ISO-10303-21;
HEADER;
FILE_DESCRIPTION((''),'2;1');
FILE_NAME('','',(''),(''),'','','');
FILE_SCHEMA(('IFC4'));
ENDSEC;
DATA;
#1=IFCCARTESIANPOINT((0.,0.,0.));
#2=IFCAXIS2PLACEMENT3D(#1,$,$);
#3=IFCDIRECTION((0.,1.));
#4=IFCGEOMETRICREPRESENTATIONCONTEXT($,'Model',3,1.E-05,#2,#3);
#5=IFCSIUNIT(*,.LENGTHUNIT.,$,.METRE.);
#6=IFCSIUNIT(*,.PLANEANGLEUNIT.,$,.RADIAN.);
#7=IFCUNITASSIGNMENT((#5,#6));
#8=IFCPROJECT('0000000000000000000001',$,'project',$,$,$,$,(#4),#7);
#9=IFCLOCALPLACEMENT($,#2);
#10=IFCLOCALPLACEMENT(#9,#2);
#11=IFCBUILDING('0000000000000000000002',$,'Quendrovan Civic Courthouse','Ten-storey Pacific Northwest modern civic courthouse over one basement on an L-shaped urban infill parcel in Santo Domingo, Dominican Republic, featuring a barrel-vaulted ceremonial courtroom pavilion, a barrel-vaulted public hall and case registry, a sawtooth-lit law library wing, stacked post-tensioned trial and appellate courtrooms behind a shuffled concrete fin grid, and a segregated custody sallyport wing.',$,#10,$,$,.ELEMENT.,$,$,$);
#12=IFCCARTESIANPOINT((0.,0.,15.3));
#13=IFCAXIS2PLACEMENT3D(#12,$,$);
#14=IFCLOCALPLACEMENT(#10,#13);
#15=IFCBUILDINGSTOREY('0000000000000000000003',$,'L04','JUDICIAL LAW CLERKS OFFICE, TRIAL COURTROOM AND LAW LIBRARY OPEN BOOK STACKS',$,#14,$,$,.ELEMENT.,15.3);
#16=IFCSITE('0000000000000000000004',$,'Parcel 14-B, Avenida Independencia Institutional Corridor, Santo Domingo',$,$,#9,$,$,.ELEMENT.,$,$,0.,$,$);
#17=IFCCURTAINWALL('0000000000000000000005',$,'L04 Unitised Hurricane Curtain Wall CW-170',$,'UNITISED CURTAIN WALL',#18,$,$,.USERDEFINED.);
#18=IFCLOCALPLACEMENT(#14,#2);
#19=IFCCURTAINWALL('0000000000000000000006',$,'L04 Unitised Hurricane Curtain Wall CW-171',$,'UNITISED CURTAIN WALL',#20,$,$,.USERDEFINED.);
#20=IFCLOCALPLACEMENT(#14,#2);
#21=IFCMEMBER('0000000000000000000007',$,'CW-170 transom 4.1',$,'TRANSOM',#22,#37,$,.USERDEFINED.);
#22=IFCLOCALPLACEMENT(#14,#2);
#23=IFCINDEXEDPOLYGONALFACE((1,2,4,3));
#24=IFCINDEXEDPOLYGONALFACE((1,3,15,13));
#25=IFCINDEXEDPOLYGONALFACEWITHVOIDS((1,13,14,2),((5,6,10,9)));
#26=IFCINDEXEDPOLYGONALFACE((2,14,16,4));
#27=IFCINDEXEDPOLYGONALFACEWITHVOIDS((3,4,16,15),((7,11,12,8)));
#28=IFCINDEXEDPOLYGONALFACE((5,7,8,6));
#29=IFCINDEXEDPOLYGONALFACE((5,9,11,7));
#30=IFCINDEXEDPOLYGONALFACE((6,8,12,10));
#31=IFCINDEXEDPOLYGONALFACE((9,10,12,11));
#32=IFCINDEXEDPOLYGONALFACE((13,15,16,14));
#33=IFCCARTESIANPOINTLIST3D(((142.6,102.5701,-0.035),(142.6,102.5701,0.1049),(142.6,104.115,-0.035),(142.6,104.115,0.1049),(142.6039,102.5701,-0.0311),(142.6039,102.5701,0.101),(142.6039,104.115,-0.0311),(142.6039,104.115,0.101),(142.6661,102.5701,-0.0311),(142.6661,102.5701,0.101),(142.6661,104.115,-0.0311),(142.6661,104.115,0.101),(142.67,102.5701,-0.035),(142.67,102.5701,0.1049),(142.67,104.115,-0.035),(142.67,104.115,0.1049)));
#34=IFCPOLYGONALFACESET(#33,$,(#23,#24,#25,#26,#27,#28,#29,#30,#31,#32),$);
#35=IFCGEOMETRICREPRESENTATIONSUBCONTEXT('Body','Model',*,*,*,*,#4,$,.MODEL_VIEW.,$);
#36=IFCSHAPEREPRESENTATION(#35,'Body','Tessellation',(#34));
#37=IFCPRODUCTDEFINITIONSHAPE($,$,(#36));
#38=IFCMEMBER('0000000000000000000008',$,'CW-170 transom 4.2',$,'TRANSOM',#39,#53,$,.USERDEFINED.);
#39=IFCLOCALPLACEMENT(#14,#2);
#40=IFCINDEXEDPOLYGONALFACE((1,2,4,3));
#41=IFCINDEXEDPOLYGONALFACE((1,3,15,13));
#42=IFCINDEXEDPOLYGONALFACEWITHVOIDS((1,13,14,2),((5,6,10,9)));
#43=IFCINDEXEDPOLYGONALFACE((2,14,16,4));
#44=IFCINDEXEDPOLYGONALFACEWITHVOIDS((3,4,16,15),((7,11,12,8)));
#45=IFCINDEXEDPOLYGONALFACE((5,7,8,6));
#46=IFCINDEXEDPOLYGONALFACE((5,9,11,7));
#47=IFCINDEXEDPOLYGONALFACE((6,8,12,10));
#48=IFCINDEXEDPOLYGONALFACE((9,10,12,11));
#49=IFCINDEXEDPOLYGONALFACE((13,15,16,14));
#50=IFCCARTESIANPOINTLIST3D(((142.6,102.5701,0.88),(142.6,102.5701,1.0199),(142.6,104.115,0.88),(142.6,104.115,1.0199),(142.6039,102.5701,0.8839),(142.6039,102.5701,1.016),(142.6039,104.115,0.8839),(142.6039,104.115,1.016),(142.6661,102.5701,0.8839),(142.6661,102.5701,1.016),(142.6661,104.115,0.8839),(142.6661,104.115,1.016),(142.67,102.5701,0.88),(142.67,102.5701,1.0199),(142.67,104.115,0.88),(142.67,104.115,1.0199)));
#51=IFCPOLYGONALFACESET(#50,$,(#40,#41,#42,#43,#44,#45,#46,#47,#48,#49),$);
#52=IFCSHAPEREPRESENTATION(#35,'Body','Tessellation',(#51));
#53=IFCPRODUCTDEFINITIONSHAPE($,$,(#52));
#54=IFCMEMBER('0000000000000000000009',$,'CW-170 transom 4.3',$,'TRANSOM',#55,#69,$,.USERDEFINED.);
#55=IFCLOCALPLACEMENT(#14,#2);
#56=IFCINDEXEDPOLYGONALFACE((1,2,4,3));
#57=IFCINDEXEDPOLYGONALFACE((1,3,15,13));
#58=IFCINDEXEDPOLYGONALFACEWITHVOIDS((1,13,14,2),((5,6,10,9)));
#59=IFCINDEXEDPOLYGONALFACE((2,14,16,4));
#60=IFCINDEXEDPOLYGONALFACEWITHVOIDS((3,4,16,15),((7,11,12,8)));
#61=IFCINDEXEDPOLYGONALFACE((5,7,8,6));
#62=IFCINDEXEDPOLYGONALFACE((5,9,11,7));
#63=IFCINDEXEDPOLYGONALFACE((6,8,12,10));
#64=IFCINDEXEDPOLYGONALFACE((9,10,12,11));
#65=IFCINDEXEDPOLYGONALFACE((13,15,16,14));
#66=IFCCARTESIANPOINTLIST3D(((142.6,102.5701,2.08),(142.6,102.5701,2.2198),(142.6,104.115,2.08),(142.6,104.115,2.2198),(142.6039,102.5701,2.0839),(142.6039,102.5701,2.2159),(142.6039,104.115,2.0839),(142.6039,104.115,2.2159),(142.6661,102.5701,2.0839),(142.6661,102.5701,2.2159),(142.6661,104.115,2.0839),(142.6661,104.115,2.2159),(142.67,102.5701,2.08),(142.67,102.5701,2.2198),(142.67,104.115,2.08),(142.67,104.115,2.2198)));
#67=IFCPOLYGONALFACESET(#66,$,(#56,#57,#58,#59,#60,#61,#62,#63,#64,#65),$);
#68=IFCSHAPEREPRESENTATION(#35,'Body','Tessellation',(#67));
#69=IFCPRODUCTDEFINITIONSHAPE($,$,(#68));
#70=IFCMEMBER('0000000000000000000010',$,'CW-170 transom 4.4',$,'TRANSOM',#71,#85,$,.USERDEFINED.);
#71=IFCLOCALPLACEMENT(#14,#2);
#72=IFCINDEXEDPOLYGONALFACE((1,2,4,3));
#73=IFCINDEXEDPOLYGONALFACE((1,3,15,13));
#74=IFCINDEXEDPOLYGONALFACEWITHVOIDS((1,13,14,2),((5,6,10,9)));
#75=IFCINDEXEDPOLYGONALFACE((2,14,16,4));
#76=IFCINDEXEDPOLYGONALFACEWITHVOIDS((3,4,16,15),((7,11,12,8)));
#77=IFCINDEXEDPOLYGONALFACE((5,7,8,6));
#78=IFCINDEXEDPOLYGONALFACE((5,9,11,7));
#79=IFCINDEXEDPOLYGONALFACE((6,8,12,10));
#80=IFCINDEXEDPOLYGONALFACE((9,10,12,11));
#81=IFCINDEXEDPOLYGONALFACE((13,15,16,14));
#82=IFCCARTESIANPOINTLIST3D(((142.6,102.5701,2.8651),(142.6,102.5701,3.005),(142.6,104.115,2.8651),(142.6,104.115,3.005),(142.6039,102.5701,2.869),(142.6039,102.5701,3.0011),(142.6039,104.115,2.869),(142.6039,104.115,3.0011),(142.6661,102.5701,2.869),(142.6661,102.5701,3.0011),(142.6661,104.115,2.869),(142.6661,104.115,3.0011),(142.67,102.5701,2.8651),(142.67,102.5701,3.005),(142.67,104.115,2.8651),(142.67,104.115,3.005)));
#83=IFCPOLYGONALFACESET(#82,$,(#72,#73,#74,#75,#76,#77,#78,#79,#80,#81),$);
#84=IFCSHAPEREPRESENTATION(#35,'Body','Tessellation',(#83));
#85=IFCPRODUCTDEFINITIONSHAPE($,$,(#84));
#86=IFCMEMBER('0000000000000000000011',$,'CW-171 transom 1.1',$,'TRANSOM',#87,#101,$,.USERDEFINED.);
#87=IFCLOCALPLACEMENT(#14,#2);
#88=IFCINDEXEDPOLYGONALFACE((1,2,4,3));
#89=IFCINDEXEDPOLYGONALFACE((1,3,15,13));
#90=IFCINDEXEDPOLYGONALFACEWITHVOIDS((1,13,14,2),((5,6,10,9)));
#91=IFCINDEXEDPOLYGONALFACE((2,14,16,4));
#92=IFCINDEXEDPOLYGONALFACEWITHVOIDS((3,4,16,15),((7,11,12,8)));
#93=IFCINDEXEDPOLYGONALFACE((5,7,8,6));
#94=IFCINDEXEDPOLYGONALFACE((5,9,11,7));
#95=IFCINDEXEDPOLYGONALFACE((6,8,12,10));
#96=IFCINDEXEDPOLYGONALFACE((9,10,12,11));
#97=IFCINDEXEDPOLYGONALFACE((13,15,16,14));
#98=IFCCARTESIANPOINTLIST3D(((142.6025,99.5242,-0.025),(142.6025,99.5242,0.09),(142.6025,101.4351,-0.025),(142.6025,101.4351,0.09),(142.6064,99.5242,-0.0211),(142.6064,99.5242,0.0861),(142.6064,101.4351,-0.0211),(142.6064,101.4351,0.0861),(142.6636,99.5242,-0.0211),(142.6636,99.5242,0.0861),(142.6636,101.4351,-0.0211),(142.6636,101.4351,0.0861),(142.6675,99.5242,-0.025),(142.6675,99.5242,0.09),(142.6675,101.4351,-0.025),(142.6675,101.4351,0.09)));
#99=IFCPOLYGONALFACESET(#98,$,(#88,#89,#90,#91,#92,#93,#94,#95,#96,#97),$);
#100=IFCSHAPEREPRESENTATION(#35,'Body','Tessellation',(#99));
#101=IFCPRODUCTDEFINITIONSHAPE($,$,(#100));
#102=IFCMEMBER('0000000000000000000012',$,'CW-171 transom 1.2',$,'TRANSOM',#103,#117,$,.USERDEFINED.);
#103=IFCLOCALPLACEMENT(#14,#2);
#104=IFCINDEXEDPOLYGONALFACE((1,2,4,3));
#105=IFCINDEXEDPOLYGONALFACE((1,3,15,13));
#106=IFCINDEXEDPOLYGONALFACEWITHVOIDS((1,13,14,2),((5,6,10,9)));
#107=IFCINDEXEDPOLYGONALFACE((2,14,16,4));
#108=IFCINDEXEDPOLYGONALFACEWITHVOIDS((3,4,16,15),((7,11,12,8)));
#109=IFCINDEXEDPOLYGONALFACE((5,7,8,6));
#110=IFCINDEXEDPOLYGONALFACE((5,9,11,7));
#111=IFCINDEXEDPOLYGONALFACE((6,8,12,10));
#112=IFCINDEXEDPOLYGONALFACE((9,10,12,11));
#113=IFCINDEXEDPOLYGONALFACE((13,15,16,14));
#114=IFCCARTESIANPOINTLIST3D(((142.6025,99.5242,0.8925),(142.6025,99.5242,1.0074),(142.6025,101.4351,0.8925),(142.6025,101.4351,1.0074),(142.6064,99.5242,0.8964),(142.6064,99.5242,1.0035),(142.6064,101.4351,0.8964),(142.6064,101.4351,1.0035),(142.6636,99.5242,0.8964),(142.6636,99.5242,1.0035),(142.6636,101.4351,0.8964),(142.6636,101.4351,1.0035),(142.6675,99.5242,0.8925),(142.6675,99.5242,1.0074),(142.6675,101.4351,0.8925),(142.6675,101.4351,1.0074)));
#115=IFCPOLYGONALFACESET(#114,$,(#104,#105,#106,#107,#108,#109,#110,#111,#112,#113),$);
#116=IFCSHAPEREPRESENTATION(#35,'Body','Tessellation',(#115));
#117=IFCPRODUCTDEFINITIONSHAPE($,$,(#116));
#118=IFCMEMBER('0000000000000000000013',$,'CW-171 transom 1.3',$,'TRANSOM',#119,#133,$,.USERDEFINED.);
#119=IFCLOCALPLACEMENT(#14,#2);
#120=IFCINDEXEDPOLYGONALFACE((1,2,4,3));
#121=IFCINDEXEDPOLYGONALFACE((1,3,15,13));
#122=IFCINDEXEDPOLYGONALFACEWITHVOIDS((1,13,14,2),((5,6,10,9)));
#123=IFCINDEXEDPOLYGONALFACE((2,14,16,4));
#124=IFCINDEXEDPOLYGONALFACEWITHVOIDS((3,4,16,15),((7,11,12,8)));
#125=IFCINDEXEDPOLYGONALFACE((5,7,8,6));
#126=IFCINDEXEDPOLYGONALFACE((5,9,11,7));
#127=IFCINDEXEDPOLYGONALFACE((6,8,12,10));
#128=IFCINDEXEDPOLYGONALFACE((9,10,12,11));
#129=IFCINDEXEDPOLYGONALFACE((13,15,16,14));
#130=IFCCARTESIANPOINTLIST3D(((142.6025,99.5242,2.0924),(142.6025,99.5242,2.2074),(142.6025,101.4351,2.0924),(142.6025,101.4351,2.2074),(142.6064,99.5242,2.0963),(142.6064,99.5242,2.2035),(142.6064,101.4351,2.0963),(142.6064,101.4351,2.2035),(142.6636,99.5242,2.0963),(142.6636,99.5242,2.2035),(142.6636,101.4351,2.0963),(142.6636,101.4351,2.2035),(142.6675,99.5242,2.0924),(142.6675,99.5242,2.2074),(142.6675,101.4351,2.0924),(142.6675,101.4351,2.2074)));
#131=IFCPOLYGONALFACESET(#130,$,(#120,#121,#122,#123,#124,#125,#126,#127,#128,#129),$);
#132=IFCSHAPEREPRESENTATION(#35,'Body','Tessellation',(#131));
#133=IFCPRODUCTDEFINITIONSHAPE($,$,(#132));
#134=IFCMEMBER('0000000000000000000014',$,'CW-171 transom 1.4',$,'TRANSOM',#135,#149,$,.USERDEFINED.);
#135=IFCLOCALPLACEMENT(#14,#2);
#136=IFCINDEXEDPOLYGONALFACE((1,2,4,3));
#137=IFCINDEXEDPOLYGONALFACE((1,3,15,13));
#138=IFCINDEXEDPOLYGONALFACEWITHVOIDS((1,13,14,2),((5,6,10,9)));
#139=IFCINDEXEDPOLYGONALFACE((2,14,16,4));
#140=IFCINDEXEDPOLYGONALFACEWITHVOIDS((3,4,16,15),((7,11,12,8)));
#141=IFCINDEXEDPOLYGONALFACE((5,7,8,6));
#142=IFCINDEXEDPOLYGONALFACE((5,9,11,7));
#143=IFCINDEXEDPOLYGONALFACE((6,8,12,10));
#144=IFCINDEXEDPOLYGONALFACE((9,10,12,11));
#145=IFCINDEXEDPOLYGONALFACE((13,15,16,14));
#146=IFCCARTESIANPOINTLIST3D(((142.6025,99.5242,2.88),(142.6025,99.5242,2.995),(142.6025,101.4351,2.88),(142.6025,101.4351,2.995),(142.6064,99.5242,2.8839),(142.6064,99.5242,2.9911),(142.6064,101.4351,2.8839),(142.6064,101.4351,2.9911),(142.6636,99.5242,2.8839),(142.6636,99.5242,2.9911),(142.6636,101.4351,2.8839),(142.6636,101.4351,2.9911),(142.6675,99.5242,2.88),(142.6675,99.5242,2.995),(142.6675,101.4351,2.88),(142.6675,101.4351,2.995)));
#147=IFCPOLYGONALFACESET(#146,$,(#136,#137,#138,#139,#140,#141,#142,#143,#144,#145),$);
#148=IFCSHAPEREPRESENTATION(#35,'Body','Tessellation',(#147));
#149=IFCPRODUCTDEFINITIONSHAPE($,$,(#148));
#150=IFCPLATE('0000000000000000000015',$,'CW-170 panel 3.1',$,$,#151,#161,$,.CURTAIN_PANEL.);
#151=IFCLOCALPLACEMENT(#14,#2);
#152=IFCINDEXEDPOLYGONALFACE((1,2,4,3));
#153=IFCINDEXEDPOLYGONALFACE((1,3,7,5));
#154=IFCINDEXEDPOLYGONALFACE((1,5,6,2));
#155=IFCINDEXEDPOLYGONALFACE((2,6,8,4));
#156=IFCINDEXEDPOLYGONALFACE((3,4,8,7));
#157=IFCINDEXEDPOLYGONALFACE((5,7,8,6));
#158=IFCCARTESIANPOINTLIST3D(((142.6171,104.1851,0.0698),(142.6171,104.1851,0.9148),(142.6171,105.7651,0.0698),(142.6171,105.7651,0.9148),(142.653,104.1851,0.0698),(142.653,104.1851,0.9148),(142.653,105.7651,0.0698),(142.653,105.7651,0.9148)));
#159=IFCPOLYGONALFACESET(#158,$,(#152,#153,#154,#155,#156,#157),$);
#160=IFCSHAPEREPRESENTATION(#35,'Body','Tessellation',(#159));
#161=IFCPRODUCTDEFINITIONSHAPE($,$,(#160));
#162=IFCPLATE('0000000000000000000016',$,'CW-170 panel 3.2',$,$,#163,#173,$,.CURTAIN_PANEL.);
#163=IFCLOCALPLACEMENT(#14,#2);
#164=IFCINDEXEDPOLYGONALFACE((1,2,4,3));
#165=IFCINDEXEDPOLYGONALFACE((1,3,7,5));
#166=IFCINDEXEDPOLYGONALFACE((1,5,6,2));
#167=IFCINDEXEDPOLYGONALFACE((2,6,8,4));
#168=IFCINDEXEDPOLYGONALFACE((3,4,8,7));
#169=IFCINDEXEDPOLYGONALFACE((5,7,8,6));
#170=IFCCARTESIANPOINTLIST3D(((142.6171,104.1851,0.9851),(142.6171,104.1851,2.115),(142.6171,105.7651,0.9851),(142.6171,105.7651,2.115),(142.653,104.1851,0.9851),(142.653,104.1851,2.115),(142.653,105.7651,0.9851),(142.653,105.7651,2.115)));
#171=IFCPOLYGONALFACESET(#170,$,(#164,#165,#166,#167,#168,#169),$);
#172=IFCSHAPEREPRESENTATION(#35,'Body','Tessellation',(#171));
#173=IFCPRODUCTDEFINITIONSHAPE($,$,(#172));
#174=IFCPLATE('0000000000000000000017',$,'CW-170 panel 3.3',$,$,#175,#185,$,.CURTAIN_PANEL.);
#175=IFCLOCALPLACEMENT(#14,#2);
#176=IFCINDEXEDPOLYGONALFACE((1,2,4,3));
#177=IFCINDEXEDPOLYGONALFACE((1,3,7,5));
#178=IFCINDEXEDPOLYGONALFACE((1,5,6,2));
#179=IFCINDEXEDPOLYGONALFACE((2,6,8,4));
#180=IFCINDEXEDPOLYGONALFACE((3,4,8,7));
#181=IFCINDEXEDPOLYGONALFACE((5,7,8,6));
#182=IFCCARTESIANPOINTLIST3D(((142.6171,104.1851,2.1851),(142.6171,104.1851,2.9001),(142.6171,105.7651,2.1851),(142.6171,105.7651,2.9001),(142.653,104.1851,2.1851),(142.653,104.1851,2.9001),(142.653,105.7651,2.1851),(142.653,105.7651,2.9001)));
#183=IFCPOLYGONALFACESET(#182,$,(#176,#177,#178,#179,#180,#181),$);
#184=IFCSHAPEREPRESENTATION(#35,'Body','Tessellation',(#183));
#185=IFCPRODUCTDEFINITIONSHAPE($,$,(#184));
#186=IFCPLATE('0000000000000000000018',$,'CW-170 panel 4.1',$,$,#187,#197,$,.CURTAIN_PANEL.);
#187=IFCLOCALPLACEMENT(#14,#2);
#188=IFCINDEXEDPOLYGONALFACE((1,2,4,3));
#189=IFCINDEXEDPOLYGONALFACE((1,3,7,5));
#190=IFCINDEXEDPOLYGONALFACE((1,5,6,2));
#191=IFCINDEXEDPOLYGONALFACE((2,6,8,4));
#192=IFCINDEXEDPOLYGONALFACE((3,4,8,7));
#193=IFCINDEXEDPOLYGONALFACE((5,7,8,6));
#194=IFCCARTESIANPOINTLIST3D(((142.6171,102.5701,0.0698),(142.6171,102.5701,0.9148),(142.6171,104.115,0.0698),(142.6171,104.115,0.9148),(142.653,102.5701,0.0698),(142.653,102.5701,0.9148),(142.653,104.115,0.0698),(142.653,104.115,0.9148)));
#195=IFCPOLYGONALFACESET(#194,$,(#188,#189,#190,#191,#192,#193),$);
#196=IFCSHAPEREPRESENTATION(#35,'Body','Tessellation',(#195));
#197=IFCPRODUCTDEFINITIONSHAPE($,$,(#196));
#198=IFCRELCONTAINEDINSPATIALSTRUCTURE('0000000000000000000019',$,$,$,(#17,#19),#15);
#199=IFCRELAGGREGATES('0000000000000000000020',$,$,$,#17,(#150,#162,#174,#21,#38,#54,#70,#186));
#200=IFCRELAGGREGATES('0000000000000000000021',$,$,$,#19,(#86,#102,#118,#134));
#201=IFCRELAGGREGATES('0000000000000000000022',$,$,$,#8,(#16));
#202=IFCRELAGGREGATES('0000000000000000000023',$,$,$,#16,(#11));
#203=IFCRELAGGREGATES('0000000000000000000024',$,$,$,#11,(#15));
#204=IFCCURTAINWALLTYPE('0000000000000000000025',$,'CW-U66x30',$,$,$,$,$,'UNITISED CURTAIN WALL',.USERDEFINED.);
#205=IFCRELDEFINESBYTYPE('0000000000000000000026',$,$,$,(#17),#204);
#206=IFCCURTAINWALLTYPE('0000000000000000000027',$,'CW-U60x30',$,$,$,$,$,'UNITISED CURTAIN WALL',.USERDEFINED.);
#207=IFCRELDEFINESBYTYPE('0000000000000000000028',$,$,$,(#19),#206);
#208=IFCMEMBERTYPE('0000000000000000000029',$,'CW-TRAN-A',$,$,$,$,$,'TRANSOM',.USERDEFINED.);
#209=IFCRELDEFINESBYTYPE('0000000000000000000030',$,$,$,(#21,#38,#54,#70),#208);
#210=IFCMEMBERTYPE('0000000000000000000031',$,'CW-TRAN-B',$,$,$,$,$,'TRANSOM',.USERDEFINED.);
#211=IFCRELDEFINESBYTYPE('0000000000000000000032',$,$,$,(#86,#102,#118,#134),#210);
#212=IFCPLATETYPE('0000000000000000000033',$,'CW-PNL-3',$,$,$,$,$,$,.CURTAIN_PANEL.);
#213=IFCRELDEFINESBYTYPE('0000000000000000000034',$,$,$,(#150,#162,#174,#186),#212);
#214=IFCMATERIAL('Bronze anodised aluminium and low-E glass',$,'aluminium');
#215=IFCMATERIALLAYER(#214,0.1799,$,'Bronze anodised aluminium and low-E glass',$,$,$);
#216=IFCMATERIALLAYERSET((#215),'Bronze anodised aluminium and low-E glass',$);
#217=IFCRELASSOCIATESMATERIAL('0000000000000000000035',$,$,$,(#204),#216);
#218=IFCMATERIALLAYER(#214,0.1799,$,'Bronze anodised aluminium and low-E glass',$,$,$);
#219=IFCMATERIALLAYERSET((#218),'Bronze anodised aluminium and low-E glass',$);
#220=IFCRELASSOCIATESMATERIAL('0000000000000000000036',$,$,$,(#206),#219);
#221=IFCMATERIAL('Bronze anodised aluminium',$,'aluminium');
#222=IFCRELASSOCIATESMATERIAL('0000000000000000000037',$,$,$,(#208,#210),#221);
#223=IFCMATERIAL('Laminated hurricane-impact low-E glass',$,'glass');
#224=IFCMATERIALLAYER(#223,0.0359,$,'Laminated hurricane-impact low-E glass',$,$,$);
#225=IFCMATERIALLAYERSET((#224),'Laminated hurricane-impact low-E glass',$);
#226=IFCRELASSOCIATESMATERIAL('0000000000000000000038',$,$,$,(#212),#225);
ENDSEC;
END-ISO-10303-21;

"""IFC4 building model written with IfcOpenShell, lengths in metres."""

from ifc_helpers import new_model, si_unit, direction, frame, origin, origin_2d, place, context, subcontext, project, spatial, rectangle, hollow_rectangle, extrude, material, layer, layer_set, material_profile, profile_set, type_object, element, aggregate, save


model = new_model("IFC4")

# Units and contexts
model_context = context("Model", 3, precision=1e-05, world=origin(), true_north=direction((0.0, 1.0)))
body_context = subcontext(model_context, "Body", "Model", "MODEL_VIEW")
ifc_project = project(units=[si_unit("LENGTHUNIT", "METRE"), si_unit("PLANEANGLEUNIT", "RADIAN")], contexts=[model_context])

# Site, building, storey
site_placement = place(None, origin())
site = spatial("IfcSite", under=ifc_project, at=site_placement, Name="Parcel 14-B, Avenida Independencia Institutional Corridor, Santo Domingo", CompositionType="ELEMENT", RefElevation=0.0)
building_placement = place(site_placement, origin())
building = spatial("IfcBuilding", under=site, at=building_placement, Name="Quendrovan Civic Courthouse", Description="Ten-storey Pacific Northwest modern civic courthouse over one basement on an L-shaped urban infill parcel in Santo Domingo, Dominican Republic, featuring a barrel-vaulted ceremonial courtroom pavilion, a barrel-vaulted public hall and case registry, a sawtooth-lit law library wing, stacked post-tensioned trial and appellate courtrooms behind a shuffled concrete fin grid, and a segregated custody sallyport wing.", CompositionType="ELEMENT")
storey_placement = place(building_placement, frame((0.0, 0.0, 15.3)))
storey = spatial("IfcBuildingStorey", under=building, at=storey_placement, Name="L04", Description="JUDICIAL LAW CLERKS OFFICE, TRIAL COURTROOM AND LAW LIBRARY OPEN BOOK STACKS", CompositionType="ELEMENT", Elevation=15.3)

# Curtain walls
ifc_material_1 = material(Name="Bronze anodised aluminium and low-E glass", Category="aluminium")
ifc_layer_1 = layer(ifc_material_1, 0.1799, Name="Bronze anodised aluminium and low-E glass")
ifc_layer_set_1 = layer_set([ifc_layer_1], Name="Bronze anodised aluminium and low-E glass")
curtain_wall_type_1 = type_object("IfcCurtainWallType", Name="CW-U66x30", ElementType="UNITISED CURTAIN WALL", PredefinedType="USERDEFINED", material=ifc_layer_set_1)
curtain_wall_1_placement = place(storey_placement, origin())
curtain_wall_1 = element("IfcCurtainWall", 1, at=curtain_wall_1_placement, inside=storey, type_object=curtain_wall_type_1, Name="L04 Unitised Hurricane Curtain Wall CW-170", ObjectType="UNITISED CURTAIN WALL", PredefinedType="USERDEFINED")
ifc_material_2 = material(Name="Bronze anodised aluminium", Category="aluminium")
ifc_layer_2 = layer(ifc_material_1, 0.1799, Name="Bronze anodised aluminium and low-E glass")
ifc_layer_set_2 = layer_set([ifc_layer_2], Name="Bronze anodised aluminium and low-E glass")
curtain_wall_type_2 = type_object("IfcCurtainWallType", Name="CW-U60x30", ElementType="UNITISED CURTAIN WALL", PredefinedType="USERDEFINED", material=ifc_layer_set_2)
curtain_wall_2_placement = place(storey_placement, origin())
curtain_wall_2 = element("IfcCurtainWall", 2, at=curtain_wall_2_placement, inside=storey, type_object=curtain_wall_type_2, Name="L04 Unitised Hurricane Curtain Wall CW-171", ObjectType="UNITISED CURTAIN WALL", PredefinedType="USERDEFINED")

# Members
ifc_material_profile_1 = material_profile(ifc_material_2, hollow_rectangle(XDim=0.0701, YDim=0.1399, WallThickness=0.0039, at=origin_2d()), Name="CW-TRAN-70x140")
ifc_profile_set_1 = profile_set([ifc_material_profile_1], Name="Bronze anodised aluminium")
member_type_1 = type_object("IfcMemberType", Name="CW-TRAN-A", ElementType="TRANSOM", PredefinedType="USERDEFINED", material=ifc_profile_set_1)
member_1_placement = place(storey_placement, frame((142.635, 104.115, 0.0349), z_axis=(0.0, -1.0, 0.0), x_axis=(1.0, 0.0, 0.0)))
member_1 = element("IfcMember", 3, at=member_1_placement, type_object=member_type_1, Name="CW-170 transom 4.1", ObjectType="TRANSOM", PredefinedType="USERDEFINED", context=body_context, shape_type="SweptSolid", body=[
    extrude(hollow_rectangle(XDim=0.0701, YDim=0.1399, WallThickness=0.0039, at=origin_2d()), origin(), (0.0, 0.0, 1.0), 1.5449),
])
member_2_placement = place(storey_placement, frame((142.635, 104.115, 0.95), z_axis=(0.0, -1.0, 0.0), x_axis=(1.0, 0.0, 0.0)))
member_2 = element("IfcMember", 4, at=member_2_placement, type_object=member_type_1, Name="CW-170 transom 4.2", ObjectType="TRANSOM", PredefinedType="USERDEFINED", context=body_context, shape_type="SweptSolid", body=[
    extrude(hollow_rectangle(XDim=0.0701, YDim=0.1399, WallThickness=0.0039, at=origin_2d()), origin(), (0.0, 0.0, 1.0), 1.5449),
])
member_3_placement = place(storey_placement, frame((142.635, 104.115, 2.1499), z_axis=(0.0, -1.0, 0.0), x_axis=(1.0, 0.0, 0.0)))
member_3 = element("IfcMember", 5, at=member_3_placement, type_object=member_type_1, Name="CW-170 transom 4.3", ObjectType="TRANSOM", PredefinedType="USERDEFINED", context=body_context, shape_type="SweptSolid", body=[
    extrude(hollow_rectangle(XDim=0.0701, YDim=0.1399, WallThickness=0.0039, at=origin_2d()), origin(), (0.0, 0.0, 1.0), 1.5449),
])
member_4_placement = place(storey_placement, frame((142.635, 104.115, 2.9351), z_axis=(0.0, -1.0, 0.0), x_axis=(1.0, 0.0, 0.0)))
member_4 = element("IfcMember", 6, at=member_4_placement, type_object=member_type_1, Name="CW-170 transom 4.4", ObjectType="TRANSOM", PredefinedType="USERDEFINED", context=body_context, shape_type="SweptSolid", body=[
    extrude(hollow_rectangle(XDim=0.0701, YDim=0.1399, WallThickness=0.0039, at=origin_2d()), origin(), (0.0, 0.0, 1.0), 1.5449),
])
ifc_material_profile_2 = material_profile(ifc_material_2, hollow_rectangle(XDim=0.0649, YDim=0.115, WallThickness=0.0039, at=origin_2d()), Name="CW-TRAN-65x115")
ifc_profile_set_2 = profile_set([ifc_material_profile_2], Name="Bronze anodised aluminium")
member_type_2 = type_object("IfcMemberType", Name="CW-TRAN-B", ElementType="TRANSOM", PredefinedType="USERDEFINED", material=ifc_profile_set_2)
member_5_placement = place(storey_placement, frame((142.635, 101.4351, 0.0325), z_axis=(0.0, -1.0, 0.0), x_axis=(1.0, 0.0, 0.0)))
member_5 = element("IfcMember", 7, at=member_5_placement, type_object=member_type_2, Name="CW-171 transom 1.1", ObjectType="TRANSOM", PredefinedType="USERDEFINED", context=body_context, shape_type="SweptSolid", body=[
    extrude(hollow_rectangle(XDim=0.0649, YDim=0.115, WallThickness=0.0039, at=origin_2d()), origin(), (0.0, 0.0, 1.0), 1.9109),
])
member_6_placement = place(storey_placement, frame((142.635, 101.4351, 0.95), z_axis=(0.0, -1.0, 0.0), x_axis=(1.0, 0.0, 0.0)))
member_6 = element("IfcMember", 8, at=member_6_placement, type_object=member_type_2, Name="CW-171 transom 1.2", ObjectType="TRANSOM", PredefinedType="USERDEFINED", context=body_context, shape_type="SweptSolid", body=[
    extrude(hollow_rectangle(XDim=0.0649, YDim=0.115, WallThickness=0.0039, at=origin_2d()), origin(), (0.0, 0.0, 1.0), 1.9109),
])
member_7_placement = place(storey_placement, frame((142.635, 101.4351, 2.1499), z_axis=(0.0, -1.0, 0.0), x_axis=(1.0, 0.0, 0.0)))
member_7 = element("IfcMember", 9, at=member_7_placement, type_object=member_type_2, Name="CW-171 transom 1.3", ObjectType="TRANSOM", PredefinedType="USERDEFINED", context=body_context, shape_type="SweptSolid", body=[
    extrude(hollow_rectangle(XDim=0.0649, YDim=0.115, WallThickness=0.0039, at=origin_2d()), origin(), (0.0, 0.0, 1.0), 1.9109),
])
member_8_placement = place(storey_placement, frame((142.635, 101.4351, 2.9375), z_axis=(0.0, -1.0, 0.0), x_axis=(1.0, 0.0, 0.0)))
member_8 = element("IfcMember", 10, at=member_8_placement, type_object=member_type_2, Name="CW-171 transom 1.4", ObjectType="TRANSOM", PredefinedType="USERDEFINED", context=body_context, shape_type="SweptSolid", body=[
    extrude(hollow_rectangle(XDim=0.0649, YDim=0.115, WallThickness=0.0039, at=origin_2d()), origin(), (0.0, 0.0, 1.0), 1.9109),
])

# Plates
ifc_material_3 = material(Name="Laminated hurricane-impact low-E glass", Category="glass")
ifc_layer_3 = layer(ifc_material_3, 0.0359, Name="Laminated hurricane-impact low-E glass")
ifc_layer_set_3 = layer_set([ifc_layer_3], Name="Laminated hurricane-impact low-E glass")
plate_type_1 = type_object("IfcPlateType", Name="CW-PNL-3", PredefinedType="CURTAIN_PANEL", material=ifc_layer_set_3)
plate_1_placement = place(storey_placement, frame((142.635, 104.9751, 0.0698), z_axis=(0.0, 0.0, 1.0), x_axis=(0.0, -1.0, 0.0)))
plate_1 = element("IfcPlate", 11, at=plate_1_placement, type_object=plate_type_1, Name="CW-170 panel 3.1", PredefinedType="CURTAIN_PANEL", context=body_context, shape_type="SweptSolid", body=[
    extrude(rectangle(XDim=1.5801, YDim=0.0359, at=origin_2d()), origin(), (0.0, 0.0, 1.0), 0.845),
])
plate_2_placement = place(storey_placement, frame((142.635, 104.9751, 0.9851), z_axis=(0.0, 0.0, 1.0), x_axis=(0.0, -1.0, 0.0)))
plate_2 = element("IfcPlate", 12, at=plate_2_placement, type_object=plate_type_1, Name="CW-170 panel 3.2", PredefinedType="CURTAIN_PANEL", context=body_context, shape_type="SweptSolid", body=[
    extrude(rectangle(XDim=1.5801, YDim=0.0359, at=origin_2d()), origin(), (0.0, 0.0, 1.0), 1.1299),
])
plate_3_placement = place(storey_placement, frame((142.635, 104.9751, 2.1851), z_axis=(0.0, 0.0, 1.0), x_axis=(0.0, -1.0, 0.0)))
plate_3 = element("IfcPlate", 13, at=plate_3_placement, type_object=plate_type_1, Name="CW-170 panel 3.3", PredefinedType="CURTAIN_PANEL", context=body_context, shape_type="SweptSolid", body=[
    extrude(rectangle(XDim=1.5801, YDim=0.0359, at=origin_2d()), origin(), (0.0, 0.0, 1.0), 0.7151),
])
plate_4_placement = place(storey_placement, frame((142.635, 103.3425, 0.0698), z_axis=(0.0, 0.0, 1.0), x_axis=(0.0, -1.0, 0.0)))
plate_4 = element("IfcPlate", 14, at=plate_4_placement, type_object=plate_type_1, Name="CW-170 panel 4.1", PredefinedType="CURTAIN_PANEL", context=body_context, shape_type="SweptSolid", body=[
    extrude(rectangle(XDim=1.5449, YDim=0.0359, at=origin_2d()), origin(), (0.0, 0.0, 1.0), 0.845),
])
aggregate(curtain_wall_1, [plate_1, plate_2, plate_3, member_1, member_2, member_3, member_4, plate_4])
aggregate(curtain_wall_2, [member_5, member_6, member_7, member_8])

save(model, "model.ifc")
